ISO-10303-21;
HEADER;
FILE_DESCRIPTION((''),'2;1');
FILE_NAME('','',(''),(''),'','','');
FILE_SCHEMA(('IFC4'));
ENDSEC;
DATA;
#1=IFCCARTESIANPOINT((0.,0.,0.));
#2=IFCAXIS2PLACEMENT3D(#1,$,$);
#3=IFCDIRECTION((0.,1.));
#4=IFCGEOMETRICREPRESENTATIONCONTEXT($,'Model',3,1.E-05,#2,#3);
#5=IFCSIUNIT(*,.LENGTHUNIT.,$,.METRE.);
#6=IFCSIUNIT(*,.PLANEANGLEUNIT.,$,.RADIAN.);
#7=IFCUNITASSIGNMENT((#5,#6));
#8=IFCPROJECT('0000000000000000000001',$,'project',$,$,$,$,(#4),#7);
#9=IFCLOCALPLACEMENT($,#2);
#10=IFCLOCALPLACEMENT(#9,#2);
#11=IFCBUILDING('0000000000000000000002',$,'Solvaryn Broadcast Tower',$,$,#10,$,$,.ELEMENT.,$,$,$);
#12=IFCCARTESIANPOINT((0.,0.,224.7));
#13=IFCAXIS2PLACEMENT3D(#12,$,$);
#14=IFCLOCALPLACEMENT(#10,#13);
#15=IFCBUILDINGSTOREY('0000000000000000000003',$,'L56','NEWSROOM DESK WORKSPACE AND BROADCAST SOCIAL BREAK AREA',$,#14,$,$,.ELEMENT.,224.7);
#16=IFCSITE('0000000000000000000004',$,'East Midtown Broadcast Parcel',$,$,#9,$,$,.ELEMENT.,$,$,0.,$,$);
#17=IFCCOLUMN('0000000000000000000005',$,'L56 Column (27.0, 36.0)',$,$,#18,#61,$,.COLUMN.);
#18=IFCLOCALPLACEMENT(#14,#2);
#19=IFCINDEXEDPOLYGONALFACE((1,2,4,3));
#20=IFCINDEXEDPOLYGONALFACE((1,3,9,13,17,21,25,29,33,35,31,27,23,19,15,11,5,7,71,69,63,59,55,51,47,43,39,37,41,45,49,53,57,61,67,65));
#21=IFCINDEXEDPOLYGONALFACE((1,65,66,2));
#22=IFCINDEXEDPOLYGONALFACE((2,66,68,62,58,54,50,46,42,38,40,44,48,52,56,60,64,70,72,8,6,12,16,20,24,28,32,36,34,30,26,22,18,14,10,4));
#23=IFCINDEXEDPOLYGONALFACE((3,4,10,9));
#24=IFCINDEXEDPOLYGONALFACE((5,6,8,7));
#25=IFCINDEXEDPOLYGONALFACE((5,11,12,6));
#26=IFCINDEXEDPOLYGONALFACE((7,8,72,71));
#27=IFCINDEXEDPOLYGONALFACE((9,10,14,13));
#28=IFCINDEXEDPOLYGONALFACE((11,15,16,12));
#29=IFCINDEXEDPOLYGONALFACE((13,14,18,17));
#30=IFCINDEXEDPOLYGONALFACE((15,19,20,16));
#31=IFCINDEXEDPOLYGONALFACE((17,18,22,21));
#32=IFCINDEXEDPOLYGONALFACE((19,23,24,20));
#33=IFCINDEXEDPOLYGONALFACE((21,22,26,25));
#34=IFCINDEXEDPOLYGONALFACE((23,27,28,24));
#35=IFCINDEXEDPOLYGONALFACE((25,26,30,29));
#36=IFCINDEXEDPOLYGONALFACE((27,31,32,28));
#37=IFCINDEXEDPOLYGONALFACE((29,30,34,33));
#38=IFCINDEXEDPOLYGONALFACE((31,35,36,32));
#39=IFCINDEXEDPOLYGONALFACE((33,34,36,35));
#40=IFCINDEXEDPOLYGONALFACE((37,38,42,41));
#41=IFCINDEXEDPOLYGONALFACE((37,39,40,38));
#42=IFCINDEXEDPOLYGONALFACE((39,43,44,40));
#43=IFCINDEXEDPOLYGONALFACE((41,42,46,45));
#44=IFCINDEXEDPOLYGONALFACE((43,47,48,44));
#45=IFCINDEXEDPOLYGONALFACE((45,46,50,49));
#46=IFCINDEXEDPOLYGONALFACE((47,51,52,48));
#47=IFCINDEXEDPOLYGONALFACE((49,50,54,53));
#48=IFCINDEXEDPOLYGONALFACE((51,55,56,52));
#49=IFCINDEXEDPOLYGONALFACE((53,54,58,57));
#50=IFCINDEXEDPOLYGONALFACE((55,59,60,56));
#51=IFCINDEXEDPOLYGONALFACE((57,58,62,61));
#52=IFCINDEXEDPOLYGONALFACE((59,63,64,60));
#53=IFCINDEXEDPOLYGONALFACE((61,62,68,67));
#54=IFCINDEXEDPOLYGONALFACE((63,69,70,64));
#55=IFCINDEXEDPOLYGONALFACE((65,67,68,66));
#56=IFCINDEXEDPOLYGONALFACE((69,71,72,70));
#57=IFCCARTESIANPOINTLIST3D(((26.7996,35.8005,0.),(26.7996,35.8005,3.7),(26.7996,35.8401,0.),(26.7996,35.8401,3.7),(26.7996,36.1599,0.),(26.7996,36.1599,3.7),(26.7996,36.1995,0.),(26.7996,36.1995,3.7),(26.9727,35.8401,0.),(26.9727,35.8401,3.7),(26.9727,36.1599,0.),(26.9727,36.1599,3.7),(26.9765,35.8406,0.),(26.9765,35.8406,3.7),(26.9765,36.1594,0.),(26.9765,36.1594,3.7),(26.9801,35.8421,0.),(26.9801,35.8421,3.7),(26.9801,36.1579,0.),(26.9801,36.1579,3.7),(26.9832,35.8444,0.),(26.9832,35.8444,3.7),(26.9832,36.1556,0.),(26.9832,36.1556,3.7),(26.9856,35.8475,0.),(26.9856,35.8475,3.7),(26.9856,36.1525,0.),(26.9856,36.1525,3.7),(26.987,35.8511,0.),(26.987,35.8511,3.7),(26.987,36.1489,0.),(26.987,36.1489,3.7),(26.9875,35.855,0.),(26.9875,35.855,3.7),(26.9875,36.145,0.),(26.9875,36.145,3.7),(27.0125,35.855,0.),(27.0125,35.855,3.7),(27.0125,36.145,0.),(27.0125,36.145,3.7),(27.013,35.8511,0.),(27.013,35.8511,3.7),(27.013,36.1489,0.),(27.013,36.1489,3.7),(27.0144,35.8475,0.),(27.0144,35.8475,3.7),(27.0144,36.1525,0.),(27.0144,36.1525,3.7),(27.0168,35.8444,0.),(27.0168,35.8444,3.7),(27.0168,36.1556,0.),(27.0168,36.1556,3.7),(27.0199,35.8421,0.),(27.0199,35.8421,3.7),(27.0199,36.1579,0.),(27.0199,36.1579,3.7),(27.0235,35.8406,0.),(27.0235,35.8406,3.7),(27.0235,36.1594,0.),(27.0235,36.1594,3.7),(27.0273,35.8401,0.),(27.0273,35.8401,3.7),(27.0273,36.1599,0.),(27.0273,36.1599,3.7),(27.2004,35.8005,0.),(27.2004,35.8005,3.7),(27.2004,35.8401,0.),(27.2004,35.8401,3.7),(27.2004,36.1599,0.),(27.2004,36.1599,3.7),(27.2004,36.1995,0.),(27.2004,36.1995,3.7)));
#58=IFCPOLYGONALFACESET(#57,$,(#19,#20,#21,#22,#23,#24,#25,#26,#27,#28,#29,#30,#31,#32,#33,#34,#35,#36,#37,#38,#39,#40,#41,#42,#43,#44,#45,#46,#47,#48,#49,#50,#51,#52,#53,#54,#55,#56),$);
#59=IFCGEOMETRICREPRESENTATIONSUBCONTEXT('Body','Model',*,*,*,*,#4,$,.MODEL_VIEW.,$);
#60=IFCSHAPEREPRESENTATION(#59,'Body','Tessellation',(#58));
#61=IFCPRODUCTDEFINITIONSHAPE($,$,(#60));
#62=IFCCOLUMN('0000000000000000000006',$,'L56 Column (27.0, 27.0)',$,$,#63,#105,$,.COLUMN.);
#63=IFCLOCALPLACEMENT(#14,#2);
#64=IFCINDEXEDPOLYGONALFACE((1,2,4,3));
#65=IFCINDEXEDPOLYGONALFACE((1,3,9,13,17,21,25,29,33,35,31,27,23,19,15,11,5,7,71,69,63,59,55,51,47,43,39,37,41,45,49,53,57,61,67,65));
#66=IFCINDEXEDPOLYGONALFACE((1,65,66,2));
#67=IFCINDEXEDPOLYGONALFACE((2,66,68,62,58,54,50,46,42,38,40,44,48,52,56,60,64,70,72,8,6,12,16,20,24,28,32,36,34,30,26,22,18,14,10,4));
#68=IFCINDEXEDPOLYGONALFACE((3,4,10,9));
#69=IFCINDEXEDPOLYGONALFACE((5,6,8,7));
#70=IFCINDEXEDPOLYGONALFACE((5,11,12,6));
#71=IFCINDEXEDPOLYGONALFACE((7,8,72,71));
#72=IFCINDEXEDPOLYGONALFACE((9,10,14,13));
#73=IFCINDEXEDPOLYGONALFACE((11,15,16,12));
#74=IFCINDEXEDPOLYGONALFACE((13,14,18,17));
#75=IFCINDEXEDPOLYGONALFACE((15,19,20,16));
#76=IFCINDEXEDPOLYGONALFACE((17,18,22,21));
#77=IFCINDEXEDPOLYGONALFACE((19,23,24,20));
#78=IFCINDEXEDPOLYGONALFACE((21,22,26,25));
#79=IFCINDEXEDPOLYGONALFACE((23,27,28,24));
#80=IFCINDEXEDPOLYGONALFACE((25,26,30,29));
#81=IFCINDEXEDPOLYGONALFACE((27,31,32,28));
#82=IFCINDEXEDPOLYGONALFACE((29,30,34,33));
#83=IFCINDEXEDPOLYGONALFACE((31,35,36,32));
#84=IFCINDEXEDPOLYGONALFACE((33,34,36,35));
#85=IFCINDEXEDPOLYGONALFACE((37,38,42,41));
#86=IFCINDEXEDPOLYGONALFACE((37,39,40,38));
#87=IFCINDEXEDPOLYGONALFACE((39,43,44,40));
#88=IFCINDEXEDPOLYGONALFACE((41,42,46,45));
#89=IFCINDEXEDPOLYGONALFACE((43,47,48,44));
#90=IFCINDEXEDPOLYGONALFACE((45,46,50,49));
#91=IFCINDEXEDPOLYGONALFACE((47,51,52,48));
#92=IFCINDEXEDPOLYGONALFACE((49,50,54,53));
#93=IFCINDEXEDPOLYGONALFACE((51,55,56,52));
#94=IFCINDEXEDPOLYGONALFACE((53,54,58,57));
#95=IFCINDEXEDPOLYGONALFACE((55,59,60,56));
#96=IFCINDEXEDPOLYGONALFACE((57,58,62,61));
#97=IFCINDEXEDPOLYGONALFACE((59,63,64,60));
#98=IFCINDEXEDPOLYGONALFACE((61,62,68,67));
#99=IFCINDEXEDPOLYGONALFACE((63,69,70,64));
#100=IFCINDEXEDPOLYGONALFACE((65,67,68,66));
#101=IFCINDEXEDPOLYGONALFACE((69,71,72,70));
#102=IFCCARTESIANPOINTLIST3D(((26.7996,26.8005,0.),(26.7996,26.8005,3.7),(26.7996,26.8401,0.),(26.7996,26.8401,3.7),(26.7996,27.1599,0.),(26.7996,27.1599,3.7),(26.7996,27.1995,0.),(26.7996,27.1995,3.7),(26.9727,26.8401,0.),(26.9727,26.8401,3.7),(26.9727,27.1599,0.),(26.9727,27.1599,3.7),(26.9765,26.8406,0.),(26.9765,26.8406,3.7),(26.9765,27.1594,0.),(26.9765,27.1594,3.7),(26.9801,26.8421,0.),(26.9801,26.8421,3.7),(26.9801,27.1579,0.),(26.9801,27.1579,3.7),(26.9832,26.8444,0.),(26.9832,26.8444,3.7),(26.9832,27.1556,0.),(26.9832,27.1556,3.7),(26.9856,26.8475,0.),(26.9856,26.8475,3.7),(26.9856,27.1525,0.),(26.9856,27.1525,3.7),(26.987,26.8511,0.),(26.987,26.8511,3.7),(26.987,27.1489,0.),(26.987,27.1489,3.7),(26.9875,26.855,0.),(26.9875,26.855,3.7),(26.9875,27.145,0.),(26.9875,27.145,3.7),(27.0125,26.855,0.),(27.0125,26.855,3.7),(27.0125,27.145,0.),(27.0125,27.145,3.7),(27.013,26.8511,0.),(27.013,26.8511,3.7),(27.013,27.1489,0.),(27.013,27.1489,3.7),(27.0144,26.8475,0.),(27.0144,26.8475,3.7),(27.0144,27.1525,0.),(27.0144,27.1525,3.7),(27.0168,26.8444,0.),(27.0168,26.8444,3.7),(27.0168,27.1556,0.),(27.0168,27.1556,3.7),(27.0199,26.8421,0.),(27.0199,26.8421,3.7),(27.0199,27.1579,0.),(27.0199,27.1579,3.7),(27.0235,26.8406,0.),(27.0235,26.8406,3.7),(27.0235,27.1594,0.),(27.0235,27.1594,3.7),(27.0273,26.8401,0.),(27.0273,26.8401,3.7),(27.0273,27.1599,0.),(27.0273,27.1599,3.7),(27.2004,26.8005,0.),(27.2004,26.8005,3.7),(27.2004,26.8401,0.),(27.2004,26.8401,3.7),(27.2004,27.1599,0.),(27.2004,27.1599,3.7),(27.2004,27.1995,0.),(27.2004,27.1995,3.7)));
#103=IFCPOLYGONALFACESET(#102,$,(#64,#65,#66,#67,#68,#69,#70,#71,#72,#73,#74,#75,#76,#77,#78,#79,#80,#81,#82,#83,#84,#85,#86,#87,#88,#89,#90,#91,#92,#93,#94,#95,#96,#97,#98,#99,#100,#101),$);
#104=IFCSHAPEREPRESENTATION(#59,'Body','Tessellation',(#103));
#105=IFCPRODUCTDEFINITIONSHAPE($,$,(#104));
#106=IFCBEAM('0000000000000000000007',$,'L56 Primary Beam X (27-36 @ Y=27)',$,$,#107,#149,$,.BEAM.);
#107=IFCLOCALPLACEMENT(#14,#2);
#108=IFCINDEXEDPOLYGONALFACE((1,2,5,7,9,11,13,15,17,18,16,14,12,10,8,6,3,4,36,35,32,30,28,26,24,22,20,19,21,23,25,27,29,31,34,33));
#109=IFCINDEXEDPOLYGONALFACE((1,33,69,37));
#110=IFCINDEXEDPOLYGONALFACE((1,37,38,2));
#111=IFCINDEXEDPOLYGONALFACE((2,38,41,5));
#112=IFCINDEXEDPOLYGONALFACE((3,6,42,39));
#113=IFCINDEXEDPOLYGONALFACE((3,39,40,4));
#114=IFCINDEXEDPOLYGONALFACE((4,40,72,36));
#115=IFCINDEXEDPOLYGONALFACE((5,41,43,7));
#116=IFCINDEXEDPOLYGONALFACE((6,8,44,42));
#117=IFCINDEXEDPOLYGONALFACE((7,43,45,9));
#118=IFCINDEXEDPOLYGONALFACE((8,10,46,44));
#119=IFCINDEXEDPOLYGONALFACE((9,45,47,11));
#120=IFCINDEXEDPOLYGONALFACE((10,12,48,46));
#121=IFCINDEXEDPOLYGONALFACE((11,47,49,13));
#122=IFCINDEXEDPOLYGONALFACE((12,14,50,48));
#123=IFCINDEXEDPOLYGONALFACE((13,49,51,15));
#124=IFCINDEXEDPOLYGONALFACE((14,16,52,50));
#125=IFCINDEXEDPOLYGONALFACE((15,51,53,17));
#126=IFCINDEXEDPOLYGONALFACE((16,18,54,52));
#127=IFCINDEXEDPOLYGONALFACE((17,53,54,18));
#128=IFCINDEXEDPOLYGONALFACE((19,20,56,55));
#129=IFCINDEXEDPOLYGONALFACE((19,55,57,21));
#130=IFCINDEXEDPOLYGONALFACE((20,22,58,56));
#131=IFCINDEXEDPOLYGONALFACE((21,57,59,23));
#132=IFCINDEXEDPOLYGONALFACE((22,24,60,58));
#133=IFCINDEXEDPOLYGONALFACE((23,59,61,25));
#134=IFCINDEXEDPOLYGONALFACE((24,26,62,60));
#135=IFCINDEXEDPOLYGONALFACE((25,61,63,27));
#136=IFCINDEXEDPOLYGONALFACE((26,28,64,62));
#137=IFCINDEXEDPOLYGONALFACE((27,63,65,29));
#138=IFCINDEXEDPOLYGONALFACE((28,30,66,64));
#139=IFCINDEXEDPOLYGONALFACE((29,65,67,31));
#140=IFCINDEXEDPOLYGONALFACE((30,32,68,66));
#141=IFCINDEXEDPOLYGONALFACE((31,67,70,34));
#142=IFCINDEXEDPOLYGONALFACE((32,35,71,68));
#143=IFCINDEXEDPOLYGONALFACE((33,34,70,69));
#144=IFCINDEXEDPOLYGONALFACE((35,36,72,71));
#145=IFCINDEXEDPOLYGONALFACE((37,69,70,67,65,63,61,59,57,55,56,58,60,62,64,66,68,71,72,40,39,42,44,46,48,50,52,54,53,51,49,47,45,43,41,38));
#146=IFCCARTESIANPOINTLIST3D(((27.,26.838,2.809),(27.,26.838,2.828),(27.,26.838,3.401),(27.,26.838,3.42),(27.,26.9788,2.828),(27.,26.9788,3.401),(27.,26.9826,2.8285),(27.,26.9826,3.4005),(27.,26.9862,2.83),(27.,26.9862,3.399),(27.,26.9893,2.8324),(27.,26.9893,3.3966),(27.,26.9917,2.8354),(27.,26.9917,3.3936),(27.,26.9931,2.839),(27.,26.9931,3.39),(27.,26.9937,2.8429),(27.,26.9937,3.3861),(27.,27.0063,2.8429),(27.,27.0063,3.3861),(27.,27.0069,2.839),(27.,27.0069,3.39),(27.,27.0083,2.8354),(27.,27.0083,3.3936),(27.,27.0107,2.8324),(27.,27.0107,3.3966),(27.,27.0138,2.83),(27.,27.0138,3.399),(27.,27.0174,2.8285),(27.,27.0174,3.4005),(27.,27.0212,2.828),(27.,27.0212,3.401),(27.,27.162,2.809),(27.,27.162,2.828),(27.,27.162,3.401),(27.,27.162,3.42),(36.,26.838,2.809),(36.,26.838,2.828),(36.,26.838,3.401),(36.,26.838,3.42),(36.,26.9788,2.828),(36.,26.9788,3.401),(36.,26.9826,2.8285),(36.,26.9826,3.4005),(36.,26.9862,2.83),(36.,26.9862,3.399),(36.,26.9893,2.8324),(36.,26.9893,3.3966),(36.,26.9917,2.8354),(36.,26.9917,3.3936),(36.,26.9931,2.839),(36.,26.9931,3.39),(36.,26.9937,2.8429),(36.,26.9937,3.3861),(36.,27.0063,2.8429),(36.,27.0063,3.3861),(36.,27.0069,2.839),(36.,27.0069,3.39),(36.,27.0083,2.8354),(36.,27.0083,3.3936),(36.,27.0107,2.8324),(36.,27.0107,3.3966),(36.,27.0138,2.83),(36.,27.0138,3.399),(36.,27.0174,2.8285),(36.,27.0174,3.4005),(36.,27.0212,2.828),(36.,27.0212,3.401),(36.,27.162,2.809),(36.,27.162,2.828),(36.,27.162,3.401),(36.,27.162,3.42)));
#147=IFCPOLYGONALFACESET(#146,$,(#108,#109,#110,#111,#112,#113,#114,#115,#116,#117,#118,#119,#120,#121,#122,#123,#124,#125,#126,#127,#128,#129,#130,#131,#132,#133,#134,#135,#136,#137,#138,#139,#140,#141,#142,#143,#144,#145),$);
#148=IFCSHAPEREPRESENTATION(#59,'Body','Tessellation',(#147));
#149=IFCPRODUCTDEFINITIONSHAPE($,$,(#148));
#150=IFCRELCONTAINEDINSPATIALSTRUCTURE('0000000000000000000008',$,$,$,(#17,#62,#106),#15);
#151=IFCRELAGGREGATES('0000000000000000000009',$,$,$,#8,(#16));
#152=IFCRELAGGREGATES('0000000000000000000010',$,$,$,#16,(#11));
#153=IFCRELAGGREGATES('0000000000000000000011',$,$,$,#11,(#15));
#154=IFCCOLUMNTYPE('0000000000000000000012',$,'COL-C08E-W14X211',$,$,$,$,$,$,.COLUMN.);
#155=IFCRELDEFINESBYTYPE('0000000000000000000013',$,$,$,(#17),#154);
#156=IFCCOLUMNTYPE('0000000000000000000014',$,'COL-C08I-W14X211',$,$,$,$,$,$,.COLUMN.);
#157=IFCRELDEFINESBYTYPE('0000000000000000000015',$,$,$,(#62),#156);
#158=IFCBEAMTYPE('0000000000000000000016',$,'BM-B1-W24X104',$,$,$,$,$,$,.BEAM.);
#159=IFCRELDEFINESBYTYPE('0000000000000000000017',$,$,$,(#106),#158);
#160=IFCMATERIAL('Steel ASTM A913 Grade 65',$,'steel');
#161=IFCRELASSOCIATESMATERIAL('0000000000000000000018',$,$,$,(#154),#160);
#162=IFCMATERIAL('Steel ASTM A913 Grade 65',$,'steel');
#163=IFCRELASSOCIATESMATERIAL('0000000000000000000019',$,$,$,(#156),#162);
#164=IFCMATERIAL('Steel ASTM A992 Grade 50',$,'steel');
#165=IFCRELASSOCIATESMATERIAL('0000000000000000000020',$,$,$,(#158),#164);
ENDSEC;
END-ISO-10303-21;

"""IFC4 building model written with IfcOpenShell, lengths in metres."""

from ifc_helpers import new_model, si_unit, direction, frame, origin, origin_2d, place, context, subcontext, project, spatial, i_section, extrude, material, material_profile, profile_set, type_object, element, save


model = new_model("IFC4")

# Units and contexts
model_context = context("Model", 3, precision=1e-05, world=origin(), true_north=direction((0.0, 1.0)))
body_context = subcontext(model_context, "Body", "Model", "MODEL_VIEW")
ifc_project = project(units=[si_unit("LENGTHUNIT", "METRE"), si_unit("PLANEANGLEUNIT", "RADIAN")], contexts=[model_context])

# Site, building, storey
site_placement = place(None, origin())
site = spatial("IfcSite", under=ifc_project, at=site_placement, Name="East Midtown Broadcast Parcel", CompositionType="ELEMENT", RefElevation=0.0)
building_placement = place(site_placement, origin())
building = spatial("IfcBuilding", under=site, at=building_placement, Name="Solvaryn Broadcast Tower", CompositionType="ELEMENT")
storey_placement = place(building_placement, frame((0.0, 0.0, 224.7)))
storey = spatial("IfcBuildingStorey", under=building, at=storey_placement, Name="L56", Description="NEWSROOM DESK WORKSPACE AND BROADCAST SOCIAL BREAK AREA", CompositionType="ELEMENT", Elevation=224.7)

# Columns
ifc_material_1 = material(Name="Steel ASTM A913 Grade 65", Category="steel")
ifc_material_profile_1 = material_profile(ifc_material_1, i_section(OverallWidth=0.4009, OverallDepth=0.3989, WebThickness=0.0249, FlangeThickness=0.0396, FilletRadius=0.0149, at=origin_2d()))
ifc_profile_set_1 = profile_set([ifc_material_profile_1], Name="Steel ASTM A913 Grade 65")
column_type_1 = type_object("IfcColumnType", Name="COL-C08E-W14X211", PredefinedType="COLUMN", material=ifc_profile_set_1)
column_1_placement = place(storey_placement, frame((27.0, 36.0, 0.0), z_axis=(0.0, 0.0, 1.0), x_axis=(1.0, 0.0, 0.0)))
element("IfcColumn", 1, at=column_1_placement, inside=storey, type_object=column_type_1, Name="L56 Column (27.0, 36.0)", PredefinedType="COLUMN", context=body_context, shape_type="SweptSolid", body=[
    extrude(i_section(OverallWidth=0.4009, OverallDepth=0.3989, WebThickness=0.0249, FlangeThickness=0.0396, FilletRadius=0.0149, at=origin_2d()), origin(), (0.0, 0.0, 1.0), 3.7),
])
ifc_material_2 = material(Name="Steel ASTM A913 Grade 65", Category="steel")
ifc_material_profile_2 = material_profile(ifc_material_2, i_section(OverallWidth=0.4009, OverallDepth=0.3989, WebThickness=0.0249, FlangeThickness=0.0396, FilletRadius=0.0149, at=origin_2d()))
ifc_profile_set_2 = profile_set([ifc_material_profile_2], Name="Steel ASTM A913 Grade 65")
column_type_2 = type_object("IfcColumnType", Name="COL-C08I-W14X211", PredefinedType="COLUMN", material=ifc_profile_set_2)
column_2_placement = place(storey_placement, frame((27.0, 27.0, 0.0), z_axis=(0.0, 0.0, 1.0), x_axis=(1.0, 0.0, 0.0)))
element("IfcColumn", 2, at=column_2_placement, inside=storey, type_object=column_type_2, Name="L56 Column (27.0, 27.0)", PredefinedType="COLUMN", context=body_context, shape_type="SweptSolid", body=[
    extrude(i_section(OverallWidth=0.4009, OverallDepth=0.3989, WebThickness=0.0249, FlangeThickness=0.0396, FilletRadius=0.0149, at=origin_2d()), origin(), (0.0, 0.0, 1.0), 3.7),
])

# Beam
ifc_material_3 = material(Name="Steel ASTM A992 Grade 50", Category="steel")
ifc_material_profile_3 = material_profile(ifc_material_3, i_section(OverallWidth=0.324, OverallDepth=0.6111, WebThickness=0.0127, FlangeThickness=0.019, FilletRadius=0.0149, at=origin_2d()))
ifc_profile_set_3 = profile_set([ifc_material_profile_3], Name="Steel ASTM A992 Grade 50")
beam_type_1 = type_object("IfcBeamType", Name="BM-B1-W24X104", PredefinedType="BEAM", material=ifc_profile_set_3)
beam_1_placement = place(storey_placement, frame((27.0, 27.0, 3.1145), z_axis=(1.0, 0.0, 0.0), x_axis=(0.0, 1.0, 0.0)))
element("IfcBeam", 3, at=beam_1_placement, inside=storey, type_object=beam_type_1, Name="L56 Primary Beam X (27-36 @ Y=27)", PredefinedType="BEAM", context=body_context, shape_type="SweptSolid", body=[
    extrude(i_section(OverallWidth=0.324, OverallDepth=0.6111, WebThickness=0.0127, FlangeThickness=0.019, FilletRadius=0.0149, at=origin_2d()), origin(), (0.0, 0.0, 1.0), 9.0),
])

save(model, "model.ifc")
